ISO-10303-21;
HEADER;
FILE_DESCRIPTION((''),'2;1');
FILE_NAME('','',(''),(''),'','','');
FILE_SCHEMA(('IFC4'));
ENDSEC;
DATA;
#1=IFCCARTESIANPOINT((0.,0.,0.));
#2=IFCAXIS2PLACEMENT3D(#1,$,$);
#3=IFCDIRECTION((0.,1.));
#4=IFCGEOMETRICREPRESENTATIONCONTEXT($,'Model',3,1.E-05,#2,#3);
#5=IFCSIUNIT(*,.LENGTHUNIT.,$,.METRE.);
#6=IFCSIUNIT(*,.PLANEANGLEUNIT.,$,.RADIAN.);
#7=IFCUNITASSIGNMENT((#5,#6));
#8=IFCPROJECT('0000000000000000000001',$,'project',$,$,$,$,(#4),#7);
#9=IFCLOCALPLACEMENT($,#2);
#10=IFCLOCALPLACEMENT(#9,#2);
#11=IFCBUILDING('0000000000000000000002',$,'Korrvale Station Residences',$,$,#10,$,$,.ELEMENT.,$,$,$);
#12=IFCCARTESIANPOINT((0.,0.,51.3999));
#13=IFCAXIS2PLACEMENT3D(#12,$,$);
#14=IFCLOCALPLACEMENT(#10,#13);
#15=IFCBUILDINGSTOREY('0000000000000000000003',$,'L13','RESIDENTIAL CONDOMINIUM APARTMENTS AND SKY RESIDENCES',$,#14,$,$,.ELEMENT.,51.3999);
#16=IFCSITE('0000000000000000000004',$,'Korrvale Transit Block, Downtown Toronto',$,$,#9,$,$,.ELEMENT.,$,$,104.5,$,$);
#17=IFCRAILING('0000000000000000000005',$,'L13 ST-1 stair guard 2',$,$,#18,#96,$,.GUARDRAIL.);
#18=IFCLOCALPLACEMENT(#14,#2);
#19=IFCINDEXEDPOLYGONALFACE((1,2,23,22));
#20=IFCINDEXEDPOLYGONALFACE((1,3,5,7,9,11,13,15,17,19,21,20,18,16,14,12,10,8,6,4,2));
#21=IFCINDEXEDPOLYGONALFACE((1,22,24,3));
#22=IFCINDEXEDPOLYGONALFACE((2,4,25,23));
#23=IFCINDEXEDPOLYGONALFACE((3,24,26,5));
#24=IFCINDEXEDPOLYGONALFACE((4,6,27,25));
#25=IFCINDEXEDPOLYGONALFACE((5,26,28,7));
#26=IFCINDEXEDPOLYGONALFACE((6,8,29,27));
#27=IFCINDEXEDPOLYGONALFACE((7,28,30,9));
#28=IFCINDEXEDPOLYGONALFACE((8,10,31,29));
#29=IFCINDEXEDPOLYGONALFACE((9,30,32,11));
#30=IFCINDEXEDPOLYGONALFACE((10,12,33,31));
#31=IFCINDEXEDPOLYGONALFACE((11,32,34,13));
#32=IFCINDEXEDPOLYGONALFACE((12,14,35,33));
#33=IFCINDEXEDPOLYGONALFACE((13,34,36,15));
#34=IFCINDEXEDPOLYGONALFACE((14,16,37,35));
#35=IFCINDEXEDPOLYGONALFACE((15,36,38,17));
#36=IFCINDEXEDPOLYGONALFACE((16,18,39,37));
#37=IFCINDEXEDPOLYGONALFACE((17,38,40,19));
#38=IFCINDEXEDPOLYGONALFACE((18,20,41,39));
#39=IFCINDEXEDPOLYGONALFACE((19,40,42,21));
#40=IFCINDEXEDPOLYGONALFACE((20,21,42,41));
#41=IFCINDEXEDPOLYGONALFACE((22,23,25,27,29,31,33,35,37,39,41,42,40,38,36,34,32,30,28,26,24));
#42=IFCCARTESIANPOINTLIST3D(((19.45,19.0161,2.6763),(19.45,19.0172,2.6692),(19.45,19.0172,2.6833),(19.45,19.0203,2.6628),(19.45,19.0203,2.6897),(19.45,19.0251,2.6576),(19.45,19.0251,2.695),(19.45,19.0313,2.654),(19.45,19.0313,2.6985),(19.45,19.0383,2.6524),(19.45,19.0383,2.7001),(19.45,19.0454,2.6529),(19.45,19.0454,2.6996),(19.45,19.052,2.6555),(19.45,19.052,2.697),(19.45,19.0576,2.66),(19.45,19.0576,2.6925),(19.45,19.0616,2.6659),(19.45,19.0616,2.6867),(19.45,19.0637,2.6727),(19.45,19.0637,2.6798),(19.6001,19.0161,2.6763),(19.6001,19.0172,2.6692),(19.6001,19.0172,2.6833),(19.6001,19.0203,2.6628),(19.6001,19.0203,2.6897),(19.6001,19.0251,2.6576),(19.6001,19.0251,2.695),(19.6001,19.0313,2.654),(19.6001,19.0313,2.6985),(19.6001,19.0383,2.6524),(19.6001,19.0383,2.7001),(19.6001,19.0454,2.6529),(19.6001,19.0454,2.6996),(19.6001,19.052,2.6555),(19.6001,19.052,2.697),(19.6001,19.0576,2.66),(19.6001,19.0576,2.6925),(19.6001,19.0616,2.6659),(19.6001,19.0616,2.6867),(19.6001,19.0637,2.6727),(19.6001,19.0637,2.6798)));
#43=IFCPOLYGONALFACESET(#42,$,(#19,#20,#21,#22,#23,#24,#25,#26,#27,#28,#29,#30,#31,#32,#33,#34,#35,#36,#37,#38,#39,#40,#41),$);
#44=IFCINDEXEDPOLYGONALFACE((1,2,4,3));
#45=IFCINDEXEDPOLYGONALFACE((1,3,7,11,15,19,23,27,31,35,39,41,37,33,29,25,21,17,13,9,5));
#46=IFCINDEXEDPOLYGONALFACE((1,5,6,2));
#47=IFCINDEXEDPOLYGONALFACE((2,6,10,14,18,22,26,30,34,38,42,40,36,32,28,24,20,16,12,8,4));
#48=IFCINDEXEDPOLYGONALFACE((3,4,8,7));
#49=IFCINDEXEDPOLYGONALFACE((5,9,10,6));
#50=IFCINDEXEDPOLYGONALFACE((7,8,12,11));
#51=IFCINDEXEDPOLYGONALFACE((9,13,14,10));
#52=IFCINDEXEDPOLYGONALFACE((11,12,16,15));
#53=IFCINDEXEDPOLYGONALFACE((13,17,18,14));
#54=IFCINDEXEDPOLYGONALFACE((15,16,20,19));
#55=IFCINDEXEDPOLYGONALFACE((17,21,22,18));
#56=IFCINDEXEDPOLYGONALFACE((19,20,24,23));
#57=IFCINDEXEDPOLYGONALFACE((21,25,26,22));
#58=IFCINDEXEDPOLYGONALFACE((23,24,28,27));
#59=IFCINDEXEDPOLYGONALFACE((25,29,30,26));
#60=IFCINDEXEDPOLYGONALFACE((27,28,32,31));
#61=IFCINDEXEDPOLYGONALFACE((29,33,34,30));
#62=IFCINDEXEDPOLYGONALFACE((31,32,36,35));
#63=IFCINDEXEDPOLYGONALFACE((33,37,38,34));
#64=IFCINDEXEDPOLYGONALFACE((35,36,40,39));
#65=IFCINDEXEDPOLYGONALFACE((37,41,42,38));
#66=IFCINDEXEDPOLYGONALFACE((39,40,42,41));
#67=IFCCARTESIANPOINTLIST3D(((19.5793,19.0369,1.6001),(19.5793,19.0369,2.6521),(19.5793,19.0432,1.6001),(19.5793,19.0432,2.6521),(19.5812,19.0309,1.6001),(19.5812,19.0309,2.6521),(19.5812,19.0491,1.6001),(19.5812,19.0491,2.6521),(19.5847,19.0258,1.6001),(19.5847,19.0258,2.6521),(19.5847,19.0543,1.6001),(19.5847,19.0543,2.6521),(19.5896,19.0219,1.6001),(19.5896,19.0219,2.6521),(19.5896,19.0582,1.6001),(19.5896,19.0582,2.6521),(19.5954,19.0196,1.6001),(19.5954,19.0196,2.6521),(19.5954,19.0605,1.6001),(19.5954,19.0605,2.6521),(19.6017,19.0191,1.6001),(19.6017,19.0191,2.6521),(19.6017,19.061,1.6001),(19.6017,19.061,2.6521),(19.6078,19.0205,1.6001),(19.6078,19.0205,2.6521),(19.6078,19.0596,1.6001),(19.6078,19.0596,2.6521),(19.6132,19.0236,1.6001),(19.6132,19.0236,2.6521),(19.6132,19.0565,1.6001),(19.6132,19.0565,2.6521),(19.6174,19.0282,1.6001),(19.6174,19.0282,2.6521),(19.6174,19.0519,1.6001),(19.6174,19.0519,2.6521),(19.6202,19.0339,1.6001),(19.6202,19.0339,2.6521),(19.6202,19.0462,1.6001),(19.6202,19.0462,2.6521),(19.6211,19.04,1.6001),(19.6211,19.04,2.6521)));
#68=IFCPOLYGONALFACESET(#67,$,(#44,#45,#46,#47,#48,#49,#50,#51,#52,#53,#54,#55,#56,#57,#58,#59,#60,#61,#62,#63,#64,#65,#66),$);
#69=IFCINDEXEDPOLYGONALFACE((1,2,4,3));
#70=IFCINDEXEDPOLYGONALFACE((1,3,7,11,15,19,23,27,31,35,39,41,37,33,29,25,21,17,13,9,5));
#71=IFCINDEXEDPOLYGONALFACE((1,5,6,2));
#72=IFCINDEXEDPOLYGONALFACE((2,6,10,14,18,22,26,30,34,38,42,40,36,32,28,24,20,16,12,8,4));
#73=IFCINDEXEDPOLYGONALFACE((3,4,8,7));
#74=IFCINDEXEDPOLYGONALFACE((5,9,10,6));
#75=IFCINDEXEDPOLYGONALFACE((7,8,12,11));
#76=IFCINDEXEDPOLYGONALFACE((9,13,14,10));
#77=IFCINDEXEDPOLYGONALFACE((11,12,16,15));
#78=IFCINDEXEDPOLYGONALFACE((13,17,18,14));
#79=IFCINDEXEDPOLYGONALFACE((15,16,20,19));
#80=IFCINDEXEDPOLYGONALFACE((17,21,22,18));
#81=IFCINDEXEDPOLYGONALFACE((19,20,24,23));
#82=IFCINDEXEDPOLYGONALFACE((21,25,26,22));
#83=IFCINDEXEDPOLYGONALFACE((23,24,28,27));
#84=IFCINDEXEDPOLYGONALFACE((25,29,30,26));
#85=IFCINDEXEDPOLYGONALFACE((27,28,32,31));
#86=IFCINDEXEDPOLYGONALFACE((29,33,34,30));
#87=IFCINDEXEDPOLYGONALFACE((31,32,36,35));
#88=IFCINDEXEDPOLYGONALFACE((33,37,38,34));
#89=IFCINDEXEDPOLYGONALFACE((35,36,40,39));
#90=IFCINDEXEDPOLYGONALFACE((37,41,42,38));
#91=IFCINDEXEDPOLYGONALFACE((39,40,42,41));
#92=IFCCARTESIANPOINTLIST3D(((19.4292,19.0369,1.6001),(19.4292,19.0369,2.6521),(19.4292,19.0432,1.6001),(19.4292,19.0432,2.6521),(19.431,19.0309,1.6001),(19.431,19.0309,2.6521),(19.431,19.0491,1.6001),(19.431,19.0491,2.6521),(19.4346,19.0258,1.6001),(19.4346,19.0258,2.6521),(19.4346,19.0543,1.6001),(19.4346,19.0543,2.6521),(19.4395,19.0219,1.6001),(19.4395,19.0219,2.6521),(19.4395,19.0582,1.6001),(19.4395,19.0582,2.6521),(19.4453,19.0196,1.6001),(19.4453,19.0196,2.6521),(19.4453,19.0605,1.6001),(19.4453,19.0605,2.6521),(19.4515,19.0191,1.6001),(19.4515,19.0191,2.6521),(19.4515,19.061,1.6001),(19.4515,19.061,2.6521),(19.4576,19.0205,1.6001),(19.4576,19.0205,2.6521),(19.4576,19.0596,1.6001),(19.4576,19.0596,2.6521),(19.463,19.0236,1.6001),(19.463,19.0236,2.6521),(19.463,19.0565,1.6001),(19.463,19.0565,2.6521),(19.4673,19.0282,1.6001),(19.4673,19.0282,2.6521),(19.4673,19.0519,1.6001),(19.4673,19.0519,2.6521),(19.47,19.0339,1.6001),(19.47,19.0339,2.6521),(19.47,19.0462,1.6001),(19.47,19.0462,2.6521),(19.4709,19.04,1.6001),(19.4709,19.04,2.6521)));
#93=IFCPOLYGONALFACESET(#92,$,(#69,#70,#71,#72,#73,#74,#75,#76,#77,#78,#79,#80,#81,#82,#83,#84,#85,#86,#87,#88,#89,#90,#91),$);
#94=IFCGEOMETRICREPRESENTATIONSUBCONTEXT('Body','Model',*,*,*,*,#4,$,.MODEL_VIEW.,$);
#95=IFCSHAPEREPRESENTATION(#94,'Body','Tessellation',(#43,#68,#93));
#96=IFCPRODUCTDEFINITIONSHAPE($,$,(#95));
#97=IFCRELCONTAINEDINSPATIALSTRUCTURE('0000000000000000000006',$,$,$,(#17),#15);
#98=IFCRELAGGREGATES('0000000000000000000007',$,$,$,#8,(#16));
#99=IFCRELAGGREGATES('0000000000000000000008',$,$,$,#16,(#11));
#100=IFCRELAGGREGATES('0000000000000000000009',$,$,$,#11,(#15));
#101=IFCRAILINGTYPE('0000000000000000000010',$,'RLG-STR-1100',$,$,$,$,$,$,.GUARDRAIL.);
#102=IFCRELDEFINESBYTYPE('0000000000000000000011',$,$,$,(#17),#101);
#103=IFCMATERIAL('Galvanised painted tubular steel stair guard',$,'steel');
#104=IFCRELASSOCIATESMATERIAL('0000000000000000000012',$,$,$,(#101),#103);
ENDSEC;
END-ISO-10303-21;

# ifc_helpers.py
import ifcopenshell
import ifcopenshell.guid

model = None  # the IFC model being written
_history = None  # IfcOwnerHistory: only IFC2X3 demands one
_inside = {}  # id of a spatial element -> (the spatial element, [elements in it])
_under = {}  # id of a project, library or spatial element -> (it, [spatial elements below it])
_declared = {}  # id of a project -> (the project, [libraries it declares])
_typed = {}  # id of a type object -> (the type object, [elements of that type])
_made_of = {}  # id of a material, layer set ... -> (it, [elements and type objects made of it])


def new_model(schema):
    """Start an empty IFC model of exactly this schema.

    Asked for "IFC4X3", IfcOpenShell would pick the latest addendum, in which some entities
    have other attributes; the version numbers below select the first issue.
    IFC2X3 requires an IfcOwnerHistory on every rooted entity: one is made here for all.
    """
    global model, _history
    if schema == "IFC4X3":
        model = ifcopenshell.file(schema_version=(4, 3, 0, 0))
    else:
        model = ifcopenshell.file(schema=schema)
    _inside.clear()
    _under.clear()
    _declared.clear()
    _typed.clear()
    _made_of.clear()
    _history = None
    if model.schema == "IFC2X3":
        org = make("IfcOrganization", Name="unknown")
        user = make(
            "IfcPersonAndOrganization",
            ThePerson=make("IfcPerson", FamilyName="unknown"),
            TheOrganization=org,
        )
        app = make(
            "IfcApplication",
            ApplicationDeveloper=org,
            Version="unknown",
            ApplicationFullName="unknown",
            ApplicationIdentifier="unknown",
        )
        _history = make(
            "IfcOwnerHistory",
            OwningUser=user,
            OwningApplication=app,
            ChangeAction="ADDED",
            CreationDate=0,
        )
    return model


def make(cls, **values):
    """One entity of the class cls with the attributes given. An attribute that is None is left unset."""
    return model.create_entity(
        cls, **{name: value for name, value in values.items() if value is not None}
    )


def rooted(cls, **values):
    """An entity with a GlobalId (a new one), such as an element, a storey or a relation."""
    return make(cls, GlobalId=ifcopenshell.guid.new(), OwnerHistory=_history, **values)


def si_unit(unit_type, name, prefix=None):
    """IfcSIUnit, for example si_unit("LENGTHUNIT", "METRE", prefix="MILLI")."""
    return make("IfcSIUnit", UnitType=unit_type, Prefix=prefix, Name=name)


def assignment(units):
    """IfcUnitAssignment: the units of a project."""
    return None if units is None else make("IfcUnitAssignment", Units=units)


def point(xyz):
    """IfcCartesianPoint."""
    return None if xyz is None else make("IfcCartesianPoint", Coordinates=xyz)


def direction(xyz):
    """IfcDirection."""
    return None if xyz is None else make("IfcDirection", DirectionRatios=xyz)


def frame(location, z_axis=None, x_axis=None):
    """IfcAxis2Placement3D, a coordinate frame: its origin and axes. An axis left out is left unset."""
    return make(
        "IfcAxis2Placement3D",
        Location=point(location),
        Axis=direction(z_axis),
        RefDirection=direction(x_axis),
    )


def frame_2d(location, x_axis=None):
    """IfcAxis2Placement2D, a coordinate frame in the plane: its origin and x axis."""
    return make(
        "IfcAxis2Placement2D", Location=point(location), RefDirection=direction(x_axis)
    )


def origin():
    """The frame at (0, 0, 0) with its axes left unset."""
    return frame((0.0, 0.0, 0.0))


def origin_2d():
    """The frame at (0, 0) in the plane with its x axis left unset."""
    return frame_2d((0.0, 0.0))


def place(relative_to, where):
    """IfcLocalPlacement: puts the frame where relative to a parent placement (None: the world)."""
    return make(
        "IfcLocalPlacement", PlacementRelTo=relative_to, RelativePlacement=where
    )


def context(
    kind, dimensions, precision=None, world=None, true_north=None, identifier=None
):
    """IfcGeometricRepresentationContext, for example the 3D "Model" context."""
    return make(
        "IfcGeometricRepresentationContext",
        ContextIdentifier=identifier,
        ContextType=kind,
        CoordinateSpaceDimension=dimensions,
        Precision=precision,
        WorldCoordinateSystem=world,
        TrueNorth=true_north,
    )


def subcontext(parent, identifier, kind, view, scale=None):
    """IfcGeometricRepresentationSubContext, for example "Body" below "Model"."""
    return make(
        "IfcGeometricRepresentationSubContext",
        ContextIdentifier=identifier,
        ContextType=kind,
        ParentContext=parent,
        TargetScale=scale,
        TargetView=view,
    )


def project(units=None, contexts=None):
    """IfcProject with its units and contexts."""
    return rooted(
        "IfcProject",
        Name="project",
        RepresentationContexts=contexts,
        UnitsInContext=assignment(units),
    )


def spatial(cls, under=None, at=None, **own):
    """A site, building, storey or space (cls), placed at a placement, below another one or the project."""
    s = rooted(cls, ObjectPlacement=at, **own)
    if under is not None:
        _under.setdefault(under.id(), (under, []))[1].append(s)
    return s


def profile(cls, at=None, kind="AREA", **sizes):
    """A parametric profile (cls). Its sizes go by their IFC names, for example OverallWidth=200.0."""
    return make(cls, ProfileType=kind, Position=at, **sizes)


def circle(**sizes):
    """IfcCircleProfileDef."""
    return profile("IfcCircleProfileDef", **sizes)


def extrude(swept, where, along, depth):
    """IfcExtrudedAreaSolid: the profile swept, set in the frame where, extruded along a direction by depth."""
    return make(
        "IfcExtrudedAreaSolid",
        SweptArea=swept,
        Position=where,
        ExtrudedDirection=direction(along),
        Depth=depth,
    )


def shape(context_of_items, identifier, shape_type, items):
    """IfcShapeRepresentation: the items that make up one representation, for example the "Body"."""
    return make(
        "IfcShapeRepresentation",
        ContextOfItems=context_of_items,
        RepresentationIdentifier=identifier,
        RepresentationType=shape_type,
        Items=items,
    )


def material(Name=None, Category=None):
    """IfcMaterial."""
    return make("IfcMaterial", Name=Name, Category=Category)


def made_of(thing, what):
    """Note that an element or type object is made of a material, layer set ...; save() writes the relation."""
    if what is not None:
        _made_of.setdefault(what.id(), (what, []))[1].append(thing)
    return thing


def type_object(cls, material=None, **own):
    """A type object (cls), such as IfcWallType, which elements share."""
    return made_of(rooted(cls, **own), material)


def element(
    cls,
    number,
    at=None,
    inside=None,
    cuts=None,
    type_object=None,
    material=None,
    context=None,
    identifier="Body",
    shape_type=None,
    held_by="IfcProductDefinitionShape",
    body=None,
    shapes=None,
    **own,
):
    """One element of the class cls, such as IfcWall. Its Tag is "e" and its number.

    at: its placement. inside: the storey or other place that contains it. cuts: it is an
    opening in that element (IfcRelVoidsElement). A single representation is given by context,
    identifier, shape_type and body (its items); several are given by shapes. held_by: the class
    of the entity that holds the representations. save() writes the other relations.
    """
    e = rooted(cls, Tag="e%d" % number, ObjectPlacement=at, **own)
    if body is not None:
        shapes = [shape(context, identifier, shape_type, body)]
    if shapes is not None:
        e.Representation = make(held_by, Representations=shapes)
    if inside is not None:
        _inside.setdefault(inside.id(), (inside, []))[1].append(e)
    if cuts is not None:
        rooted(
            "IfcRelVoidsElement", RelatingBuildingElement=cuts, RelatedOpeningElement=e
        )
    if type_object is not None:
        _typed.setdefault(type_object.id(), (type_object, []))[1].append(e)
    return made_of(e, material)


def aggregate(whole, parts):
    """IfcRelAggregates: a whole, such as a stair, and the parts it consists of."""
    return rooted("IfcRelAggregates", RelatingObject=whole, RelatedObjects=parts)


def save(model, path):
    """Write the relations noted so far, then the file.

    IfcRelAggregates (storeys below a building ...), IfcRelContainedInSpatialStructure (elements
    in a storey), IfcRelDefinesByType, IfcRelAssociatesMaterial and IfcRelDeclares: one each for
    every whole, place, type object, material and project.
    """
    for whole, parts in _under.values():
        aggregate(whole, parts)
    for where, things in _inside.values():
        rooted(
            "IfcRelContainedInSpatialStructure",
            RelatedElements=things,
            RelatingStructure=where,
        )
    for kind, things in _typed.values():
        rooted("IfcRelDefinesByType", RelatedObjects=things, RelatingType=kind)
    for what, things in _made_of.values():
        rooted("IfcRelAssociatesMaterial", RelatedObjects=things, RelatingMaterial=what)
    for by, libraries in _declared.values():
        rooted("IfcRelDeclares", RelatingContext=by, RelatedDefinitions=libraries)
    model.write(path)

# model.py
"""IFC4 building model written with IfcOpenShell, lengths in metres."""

from ifc_helpers import new_model, si_unit, direction, frame, origin, origin_2d, place, context, subcontext, project, spatial, circle, extrude, material, type_object, element, save


model = new_model("IFC4")

# Units and contexts
model_context = context("Model", 3, precision=1e-05, world=origin(), true_north=direction((0.0, 1.0)))
body_context = subcontext(model_context, "Body", "Model", "MODEL_VIEW")
ifc_project = project(units=[si_unit("LENGTHUNIT", "METRE"), si_unit("PLANEANGLEUNIT", "RADIAN")], contexts=[model_context])

# Site, building, storey
site_placement = place(None, origin())
site = spatial("IfcSite", under=ifc_project, at=site_placement, Name="Korrvale Transit Block, Downtown Toronto", CompositionType="ELEMENT", RefElevation=104.5)
building_placement = place(site_placement, origin())
building = spatial("IfcBuilding", under=site, at=building_placement, Name="Korrvale Station Residences", CompositionType="ELEMENT")
storey_placement = place(building_placement, frame((0.0, 0.0, 51.3999)))
storey = spatial("IfcBuildingStorey", under=building, at=storey_placement, Name="L13", Description="RESIDENTIAL CONDOMINIUM APARTMENTS AND SKY RESIDENCES", CompositionType="ELEMENT", Elevation=51.3999)

# Railing
ifc_material_1 = material(Name="Galvanised painted tubular steel stair guard", Category="steel")
railing_type_1 = type_object("IfcRailingType", Name="RLG-STR-1100", PredefinedType="GUARDRAIL", material=ifc_material_1)
railing_1_placement = place(storey_placement, frame((19.6001, 19.04, 1.6001)))
element("IfcRailing", 1, at=railing_1_placement, inside=storey, type_object=railing_type_1, Name="L13 ST-1 stair guard 2", PredefinedType="GUARDRAIL", context=body_context, shape_type="SweptSolid", body=[
    extrude(circle(Radius=0.0239, at=origin_2d()), frame((0.0, 0.0, 1.0762), z_axis=(-1.0, 0.0, 0.0), x_axis=(0.0, -1.0, 0.0)), (0.0, 0.0, 1.0), 0.1501),
    extrude(circle(Radius=0.021, at=origin_2d()), origin(), (0.0, 0.0, 1.0), 1.052),
    extrude(circle(Radius=0.021, at=origin_2d()), frame((-0.1501, 0.0, 0.0)), (0.0, 0.0, 1.0), 1.052),
])

save(model, "model.ifc")
